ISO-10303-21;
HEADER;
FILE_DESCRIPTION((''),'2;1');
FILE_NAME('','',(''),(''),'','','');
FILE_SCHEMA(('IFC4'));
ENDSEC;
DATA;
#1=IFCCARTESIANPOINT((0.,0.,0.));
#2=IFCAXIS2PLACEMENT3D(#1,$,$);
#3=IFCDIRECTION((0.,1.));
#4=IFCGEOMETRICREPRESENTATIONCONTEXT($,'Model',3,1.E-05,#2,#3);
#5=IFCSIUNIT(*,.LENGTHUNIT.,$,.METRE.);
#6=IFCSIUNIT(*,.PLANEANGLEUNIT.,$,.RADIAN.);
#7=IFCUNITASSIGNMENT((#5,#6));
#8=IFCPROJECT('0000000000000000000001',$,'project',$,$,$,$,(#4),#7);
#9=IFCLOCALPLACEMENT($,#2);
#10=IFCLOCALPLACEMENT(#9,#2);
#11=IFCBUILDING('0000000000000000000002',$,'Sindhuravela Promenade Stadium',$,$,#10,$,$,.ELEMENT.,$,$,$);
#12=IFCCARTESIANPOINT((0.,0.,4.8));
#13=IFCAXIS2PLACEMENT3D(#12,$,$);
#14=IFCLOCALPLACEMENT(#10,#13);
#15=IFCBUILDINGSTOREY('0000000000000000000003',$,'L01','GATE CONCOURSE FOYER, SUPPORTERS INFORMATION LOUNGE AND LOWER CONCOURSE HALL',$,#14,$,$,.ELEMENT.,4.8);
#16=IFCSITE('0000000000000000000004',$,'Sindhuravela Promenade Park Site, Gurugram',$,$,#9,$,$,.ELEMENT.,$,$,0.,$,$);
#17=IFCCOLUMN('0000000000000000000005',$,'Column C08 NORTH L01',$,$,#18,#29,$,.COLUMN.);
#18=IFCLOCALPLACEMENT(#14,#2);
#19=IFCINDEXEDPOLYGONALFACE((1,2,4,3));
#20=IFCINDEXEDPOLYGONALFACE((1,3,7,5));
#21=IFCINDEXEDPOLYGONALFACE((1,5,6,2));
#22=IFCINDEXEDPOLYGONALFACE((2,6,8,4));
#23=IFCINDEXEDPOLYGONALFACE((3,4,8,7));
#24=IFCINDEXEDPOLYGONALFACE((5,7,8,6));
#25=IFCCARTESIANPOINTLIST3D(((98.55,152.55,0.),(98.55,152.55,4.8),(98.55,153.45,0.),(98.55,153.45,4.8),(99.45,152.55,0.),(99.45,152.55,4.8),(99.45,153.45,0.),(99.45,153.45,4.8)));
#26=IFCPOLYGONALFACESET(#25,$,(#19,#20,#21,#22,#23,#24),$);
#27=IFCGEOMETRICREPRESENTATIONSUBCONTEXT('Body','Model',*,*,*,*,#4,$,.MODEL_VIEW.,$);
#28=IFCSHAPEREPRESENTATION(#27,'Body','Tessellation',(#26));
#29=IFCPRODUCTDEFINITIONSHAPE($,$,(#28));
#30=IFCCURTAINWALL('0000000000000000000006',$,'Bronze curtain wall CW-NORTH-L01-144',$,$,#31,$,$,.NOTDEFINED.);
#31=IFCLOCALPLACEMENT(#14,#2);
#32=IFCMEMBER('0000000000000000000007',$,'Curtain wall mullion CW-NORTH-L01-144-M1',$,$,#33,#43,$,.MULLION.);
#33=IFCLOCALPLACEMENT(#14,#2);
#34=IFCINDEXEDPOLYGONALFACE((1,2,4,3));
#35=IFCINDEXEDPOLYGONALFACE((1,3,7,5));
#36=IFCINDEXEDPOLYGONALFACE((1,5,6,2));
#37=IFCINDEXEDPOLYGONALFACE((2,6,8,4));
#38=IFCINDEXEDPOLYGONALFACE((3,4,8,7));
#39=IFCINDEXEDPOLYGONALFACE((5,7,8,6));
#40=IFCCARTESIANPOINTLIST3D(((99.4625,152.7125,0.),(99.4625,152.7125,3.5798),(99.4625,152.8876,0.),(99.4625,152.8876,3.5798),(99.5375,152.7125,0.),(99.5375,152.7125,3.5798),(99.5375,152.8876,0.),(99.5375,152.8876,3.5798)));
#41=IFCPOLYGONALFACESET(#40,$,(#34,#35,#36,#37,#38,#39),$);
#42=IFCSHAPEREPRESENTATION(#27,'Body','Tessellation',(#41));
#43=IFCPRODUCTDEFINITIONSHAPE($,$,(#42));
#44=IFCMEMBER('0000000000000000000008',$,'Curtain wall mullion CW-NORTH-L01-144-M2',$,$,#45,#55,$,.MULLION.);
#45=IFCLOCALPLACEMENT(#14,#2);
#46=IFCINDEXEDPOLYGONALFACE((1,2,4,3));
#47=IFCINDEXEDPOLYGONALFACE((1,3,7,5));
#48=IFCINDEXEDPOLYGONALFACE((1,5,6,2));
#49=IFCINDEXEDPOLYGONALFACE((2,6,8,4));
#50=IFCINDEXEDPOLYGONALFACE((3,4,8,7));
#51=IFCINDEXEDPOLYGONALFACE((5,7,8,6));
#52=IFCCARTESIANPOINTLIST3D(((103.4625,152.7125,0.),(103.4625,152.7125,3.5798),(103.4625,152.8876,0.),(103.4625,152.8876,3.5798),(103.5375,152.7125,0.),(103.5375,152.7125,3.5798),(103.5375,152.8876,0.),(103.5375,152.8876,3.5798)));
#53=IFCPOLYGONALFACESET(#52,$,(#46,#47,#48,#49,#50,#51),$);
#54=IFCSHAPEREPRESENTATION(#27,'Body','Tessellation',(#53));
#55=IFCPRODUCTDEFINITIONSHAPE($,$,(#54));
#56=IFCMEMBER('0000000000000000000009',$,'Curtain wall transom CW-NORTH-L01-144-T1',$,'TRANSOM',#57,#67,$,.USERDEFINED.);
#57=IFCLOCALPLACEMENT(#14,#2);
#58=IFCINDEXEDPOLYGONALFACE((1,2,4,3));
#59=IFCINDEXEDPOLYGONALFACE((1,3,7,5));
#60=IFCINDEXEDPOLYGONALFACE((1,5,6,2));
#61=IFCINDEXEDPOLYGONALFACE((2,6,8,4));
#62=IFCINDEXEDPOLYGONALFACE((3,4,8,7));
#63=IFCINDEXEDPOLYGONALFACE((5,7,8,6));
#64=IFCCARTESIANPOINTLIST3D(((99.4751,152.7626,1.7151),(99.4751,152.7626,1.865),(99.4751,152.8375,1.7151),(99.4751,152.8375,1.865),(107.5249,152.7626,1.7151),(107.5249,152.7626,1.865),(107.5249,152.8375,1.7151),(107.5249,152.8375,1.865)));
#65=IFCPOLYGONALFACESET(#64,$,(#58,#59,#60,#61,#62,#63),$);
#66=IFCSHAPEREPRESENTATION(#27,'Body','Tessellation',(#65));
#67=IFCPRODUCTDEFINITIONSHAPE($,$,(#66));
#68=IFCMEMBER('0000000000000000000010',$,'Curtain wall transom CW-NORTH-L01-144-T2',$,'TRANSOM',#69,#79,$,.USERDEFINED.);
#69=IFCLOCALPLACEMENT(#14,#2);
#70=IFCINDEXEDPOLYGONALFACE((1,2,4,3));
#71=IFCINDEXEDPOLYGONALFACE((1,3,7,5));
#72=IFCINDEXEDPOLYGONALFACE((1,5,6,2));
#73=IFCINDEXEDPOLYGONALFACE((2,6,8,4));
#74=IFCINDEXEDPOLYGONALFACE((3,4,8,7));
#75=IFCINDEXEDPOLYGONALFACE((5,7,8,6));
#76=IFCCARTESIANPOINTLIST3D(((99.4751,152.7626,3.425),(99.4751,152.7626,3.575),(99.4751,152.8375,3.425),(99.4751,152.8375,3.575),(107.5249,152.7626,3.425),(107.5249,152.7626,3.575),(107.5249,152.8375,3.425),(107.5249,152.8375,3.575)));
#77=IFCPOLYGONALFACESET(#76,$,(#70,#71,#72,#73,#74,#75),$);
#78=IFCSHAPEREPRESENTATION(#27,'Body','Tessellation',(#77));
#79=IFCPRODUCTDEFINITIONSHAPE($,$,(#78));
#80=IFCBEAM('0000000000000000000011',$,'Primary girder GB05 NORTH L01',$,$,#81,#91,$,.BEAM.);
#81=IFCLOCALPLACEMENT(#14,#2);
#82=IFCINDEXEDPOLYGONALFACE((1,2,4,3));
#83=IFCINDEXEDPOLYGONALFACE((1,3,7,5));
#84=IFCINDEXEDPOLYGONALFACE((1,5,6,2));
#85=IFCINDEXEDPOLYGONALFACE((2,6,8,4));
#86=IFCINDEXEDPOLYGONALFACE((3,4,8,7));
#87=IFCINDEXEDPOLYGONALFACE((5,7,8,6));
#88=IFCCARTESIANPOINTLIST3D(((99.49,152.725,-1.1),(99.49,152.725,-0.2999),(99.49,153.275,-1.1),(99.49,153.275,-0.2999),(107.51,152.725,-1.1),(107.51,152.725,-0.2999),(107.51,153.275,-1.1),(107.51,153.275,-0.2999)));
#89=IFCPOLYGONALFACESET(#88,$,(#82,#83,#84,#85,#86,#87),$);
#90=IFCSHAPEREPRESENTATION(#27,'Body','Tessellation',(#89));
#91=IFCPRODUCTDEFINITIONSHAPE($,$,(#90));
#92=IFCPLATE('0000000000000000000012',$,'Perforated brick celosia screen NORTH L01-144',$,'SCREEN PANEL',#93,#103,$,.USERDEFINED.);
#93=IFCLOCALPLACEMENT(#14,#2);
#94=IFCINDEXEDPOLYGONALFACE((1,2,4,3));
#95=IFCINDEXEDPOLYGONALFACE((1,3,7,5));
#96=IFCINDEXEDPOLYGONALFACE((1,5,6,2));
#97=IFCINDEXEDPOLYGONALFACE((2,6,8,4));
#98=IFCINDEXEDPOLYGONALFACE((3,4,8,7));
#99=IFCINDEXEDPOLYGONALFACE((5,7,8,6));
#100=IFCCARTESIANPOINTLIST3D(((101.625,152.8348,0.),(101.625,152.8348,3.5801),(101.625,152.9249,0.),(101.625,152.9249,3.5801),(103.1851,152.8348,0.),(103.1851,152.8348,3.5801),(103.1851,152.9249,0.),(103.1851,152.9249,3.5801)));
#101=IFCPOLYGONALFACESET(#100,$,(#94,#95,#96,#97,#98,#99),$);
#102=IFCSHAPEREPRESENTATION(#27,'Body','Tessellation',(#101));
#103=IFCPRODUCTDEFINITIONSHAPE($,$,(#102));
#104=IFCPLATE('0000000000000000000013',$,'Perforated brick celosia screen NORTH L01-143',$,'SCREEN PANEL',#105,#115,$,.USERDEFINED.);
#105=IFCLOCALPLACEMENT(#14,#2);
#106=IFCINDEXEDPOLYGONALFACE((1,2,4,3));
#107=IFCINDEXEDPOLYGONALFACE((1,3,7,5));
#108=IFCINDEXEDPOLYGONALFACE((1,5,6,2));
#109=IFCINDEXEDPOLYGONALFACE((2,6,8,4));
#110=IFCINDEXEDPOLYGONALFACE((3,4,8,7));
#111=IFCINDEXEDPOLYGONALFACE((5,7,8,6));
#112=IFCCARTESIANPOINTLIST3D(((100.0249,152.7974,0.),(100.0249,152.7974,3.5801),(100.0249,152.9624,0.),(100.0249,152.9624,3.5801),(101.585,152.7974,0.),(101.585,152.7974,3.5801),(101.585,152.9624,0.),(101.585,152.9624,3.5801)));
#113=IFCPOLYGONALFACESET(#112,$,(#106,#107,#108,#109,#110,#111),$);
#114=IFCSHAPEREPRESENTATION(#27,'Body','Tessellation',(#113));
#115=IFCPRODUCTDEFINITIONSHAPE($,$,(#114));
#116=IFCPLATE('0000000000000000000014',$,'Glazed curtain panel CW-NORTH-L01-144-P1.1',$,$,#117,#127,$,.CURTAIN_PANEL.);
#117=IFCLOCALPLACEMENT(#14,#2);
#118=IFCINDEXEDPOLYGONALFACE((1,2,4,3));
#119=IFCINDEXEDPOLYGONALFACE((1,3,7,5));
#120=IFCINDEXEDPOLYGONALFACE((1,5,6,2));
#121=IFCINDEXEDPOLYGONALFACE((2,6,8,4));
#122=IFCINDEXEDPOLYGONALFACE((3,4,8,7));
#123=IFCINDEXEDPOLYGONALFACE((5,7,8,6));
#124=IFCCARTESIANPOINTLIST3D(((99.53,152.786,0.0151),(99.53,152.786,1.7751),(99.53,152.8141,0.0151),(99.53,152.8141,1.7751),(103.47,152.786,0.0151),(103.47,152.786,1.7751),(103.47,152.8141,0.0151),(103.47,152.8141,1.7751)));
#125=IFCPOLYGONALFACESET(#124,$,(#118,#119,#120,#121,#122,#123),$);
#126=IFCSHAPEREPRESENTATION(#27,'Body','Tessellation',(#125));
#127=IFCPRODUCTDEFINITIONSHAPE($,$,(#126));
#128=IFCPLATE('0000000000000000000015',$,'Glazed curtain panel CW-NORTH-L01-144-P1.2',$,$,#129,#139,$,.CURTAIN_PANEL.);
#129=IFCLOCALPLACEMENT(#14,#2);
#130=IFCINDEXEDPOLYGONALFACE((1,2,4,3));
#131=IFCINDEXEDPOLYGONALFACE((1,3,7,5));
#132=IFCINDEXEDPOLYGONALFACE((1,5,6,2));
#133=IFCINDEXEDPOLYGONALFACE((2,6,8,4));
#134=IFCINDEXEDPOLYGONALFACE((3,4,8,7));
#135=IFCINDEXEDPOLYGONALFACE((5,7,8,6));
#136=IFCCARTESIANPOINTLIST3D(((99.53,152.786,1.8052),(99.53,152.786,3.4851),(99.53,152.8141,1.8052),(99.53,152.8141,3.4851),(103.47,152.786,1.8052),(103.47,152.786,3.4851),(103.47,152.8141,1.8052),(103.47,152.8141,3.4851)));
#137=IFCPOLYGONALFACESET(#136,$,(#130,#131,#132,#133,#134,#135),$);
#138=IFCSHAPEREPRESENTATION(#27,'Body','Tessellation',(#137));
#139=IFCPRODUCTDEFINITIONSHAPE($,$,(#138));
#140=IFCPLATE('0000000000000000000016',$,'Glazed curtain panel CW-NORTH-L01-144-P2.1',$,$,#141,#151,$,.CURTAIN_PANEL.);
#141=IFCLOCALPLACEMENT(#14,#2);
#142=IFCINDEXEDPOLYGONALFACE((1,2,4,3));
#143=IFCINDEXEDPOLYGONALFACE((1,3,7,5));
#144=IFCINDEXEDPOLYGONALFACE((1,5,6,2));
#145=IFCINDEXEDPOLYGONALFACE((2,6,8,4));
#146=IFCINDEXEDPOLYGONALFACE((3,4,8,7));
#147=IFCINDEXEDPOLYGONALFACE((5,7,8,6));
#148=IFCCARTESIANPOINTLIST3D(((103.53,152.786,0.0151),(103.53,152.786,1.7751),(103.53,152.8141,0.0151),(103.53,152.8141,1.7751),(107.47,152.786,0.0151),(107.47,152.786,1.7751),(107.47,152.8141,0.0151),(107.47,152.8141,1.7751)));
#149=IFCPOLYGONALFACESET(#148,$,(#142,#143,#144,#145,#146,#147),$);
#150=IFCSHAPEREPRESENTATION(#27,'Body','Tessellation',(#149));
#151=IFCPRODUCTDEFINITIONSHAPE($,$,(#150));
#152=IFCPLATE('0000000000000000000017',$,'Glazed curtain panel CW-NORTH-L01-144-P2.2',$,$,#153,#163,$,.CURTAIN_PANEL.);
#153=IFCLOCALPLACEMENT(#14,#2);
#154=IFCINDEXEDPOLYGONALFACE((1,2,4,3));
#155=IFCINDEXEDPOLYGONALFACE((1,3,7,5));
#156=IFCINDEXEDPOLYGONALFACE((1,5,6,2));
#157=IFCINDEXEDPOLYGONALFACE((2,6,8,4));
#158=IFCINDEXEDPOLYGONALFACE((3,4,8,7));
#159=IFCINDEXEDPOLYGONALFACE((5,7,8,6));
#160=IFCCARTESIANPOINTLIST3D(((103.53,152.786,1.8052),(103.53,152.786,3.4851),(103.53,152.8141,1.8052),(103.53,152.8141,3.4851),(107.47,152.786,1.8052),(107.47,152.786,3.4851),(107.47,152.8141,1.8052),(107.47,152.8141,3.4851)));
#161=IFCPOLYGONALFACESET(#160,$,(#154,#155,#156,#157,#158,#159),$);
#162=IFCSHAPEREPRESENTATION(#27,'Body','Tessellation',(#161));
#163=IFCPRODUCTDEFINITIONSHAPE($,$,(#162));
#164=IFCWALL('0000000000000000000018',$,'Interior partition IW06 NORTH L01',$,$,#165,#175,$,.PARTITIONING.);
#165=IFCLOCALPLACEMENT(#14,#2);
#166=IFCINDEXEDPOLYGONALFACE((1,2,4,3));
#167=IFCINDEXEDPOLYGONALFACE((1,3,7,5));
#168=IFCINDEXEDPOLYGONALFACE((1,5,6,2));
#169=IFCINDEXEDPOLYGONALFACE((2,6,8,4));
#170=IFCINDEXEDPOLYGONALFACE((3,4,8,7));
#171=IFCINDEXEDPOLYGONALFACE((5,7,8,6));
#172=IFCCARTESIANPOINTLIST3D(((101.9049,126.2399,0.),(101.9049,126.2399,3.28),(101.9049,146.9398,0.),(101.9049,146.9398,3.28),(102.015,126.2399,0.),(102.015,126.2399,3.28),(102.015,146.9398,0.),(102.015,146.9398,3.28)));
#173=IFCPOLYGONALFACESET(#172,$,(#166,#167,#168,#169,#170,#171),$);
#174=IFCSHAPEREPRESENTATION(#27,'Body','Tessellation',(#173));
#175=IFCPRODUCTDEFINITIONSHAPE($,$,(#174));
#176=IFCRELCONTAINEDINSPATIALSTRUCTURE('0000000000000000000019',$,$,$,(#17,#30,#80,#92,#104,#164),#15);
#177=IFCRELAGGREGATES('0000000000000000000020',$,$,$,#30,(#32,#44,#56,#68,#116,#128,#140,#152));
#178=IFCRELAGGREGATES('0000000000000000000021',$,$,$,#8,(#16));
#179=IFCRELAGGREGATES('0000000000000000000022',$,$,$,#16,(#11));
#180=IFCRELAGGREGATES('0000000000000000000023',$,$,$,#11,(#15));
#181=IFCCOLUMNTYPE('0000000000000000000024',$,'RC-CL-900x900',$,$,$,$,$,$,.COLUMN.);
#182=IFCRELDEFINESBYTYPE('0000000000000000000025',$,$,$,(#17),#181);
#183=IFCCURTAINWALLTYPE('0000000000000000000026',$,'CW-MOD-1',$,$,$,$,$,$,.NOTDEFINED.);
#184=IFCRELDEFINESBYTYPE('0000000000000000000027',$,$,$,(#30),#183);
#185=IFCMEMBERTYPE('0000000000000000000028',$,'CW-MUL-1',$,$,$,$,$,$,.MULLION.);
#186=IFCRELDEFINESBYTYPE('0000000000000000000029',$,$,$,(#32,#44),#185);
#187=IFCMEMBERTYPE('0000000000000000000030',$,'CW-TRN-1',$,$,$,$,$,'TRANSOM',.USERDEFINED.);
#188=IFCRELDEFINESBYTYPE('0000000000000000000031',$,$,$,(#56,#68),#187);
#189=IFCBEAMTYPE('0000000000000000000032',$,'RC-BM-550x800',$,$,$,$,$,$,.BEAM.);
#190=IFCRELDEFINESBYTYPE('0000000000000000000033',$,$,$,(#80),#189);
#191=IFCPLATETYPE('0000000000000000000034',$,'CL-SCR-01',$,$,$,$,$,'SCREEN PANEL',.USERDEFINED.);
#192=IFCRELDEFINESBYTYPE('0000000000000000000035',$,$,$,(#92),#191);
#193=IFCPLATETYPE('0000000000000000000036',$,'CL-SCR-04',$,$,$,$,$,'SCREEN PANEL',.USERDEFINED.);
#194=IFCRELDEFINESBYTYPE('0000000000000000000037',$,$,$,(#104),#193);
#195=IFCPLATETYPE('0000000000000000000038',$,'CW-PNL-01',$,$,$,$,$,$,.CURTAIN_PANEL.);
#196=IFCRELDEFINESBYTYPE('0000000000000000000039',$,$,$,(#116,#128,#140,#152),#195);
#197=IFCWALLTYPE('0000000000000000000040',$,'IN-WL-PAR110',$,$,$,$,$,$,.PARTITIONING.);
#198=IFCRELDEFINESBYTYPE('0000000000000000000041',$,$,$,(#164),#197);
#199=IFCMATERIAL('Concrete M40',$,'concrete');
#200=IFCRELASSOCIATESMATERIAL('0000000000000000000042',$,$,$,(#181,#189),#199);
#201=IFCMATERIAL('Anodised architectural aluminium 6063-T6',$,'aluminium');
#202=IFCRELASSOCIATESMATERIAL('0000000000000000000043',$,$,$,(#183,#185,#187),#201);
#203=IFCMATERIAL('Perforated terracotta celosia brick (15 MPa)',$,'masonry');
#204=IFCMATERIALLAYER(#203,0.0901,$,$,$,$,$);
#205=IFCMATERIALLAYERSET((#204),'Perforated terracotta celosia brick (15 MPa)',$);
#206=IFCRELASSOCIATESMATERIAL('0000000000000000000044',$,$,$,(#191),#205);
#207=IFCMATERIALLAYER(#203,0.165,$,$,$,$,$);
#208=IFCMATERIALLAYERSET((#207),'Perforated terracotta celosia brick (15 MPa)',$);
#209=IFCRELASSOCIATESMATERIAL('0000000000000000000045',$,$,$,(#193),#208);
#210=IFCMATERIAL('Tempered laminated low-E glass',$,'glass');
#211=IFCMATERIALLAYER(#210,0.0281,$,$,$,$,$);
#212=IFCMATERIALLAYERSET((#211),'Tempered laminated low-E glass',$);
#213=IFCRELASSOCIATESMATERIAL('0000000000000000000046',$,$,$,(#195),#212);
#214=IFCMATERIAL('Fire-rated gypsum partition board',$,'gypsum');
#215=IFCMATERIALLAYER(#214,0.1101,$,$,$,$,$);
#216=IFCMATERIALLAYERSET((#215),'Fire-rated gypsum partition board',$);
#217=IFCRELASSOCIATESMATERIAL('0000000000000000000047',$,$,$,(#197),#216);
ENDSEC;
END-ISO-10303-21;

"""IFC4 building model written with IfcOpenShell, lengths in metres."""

from ifc_helpers import new_model, si_unit, direction, frame, frame_2d, origin, origin_2d, place, context, subcontext, project, spatial, rectangle, extrude, material, layer, layer_set, material_profile, profile_set, type_object, element, aggregate, save


model = new_model("IFC4")

# Units and contexts
model_context = context("Model", 3, precision=1e-05, world=origin(), true_north=direction((0.0, 1.0)))
body_context = subcontext(model_context, "Body", "Model", "MODEL_VIEW")
ifc_project = project(units=[si_unit("LENGTHUNIT", "METRE"), si_unit("PLANEANGLEUNIT", "RADIAN")], contexts=[model_context])

# Site, building, storey
site_placement = place(None, origin())
site = spatial("IfcSite", under=ifc_project, at=site_placement, Name="Sindhuravela Promenade Park Site, Gurugram", CompositionType="ELEMENT", RefElevation=0.0)
building_placement = place(site_placement, origin())
building = spatial("IfcBuilding", under=site, at=building_placement, Name="Sindhuravela Promenade Stadium", CompositionType="ELEMENT")
storey_placement = place(building_placement, frame((0.0, 0.0, 4.8)))
storey = spatial("IfcBuildingStorey", under=building, at=storey_placement, Name="L01", Description="GATE CONCOURSE FOYER, SUPPORTERS INFORMATION LOUNGE AND LOWER CONCOURSE HALL", CompositionType="ELEMENT", Elevation=4.8)

# Column
ifc_material_1 = material(Name="Concrete M40", Category="concrete")
ifc_material_profile_1 = material_profile(ifc_material_1, rectangle(XDim=0.8999, YDim=0.8999, at=origin_2d()), Name="RC 900x900")
ifc_profile_set_1 = profile_set([ifc_material_profile_1], Name="Concrete M40")
column_type = type_object("IfcColumnType", Name="RC-CL-900x900", PredefinedType="COLUMN", material=ifc_profile_set_1)
column_placement = place(storey_placement, frame((99.0, 153.0, 0.0), z_axis=(0.0, 0.0, 1.0), x_axis=(1.0, 0.0, 0.0)))
element("IfcColumn", 1, at=column_placement, inside=storey, type_object=column_type, Name="Column C08 NORTH L01", PredefinedType="COLUMN", context=body_context, shape_type="SweptSolid", body=[
    extrude(rectangle(XDim=0.8999, YDim=0.8999, at=origin_2d()), origin(), (0.0, 0.0, 1.0), 4.8),
])

# Curtain wall, members
ifc_material_2 = material(Name="Anodised architectural aluminium 6063-T6", Category="aluminium")
curtain_wall_type = type_object("IfcCurtainWallType", Name="CW-MOD-1", PredefinedType="NOTDEFINED", material=ifc_material_2)
curtain_wall_placement = place(storey_placement, origin())
curtain_wall = element("IfcCurtainWall", 2, at=curtain_wall_placement, inside=storey, type_object=curtain_wall_type, Name="Bronze curtain wall CW-NORTH-L01-144", PredefinedType="NOTDEFINED")
ifc_material_profile_2 = material_profile(ifc_material_2, rectangle(XDim=0.075, YDim=0.175, at=origin_2d()), Name="ALU MULL 75x175")
ifc_profile_set_2 = profile_set([ifc_material_profile_2], Name="Anodised architectural aluminium 6063-T6")
member_type_1 = type_object("IfcMemberType", Name="CW-MUL-1", PredefinedType="MULLION", material=ifc_profile_set_2)
member_1_placement = place(storey_placement, frame((99.5, 152.8, 0.0), z_axis=(0.0, 0.0, 1.0), x_axis=(1.0, 0.0, 0.0)))
member_1 = element("IfcMember", 3, at=member_1_placement, type_object=member_type_1, Name="Curtain wall mullion CW-NORTH-L01-144-M1", PredefinedType="MULLION", context=body_context, shape_type="SweptSolid", body=[
    extrude(rectangle(XDim=0.075, YDim=0.175, at=origin_2d()), origin(), (0.0, 0.0, 1.0), 3.5798),
])
member_2_placement = place(storey_placement, frame((103.5, 152.8, 0.0), z_axis=(0.0, 0.0, 1.0), x_axis=(1.0, 0.0, 0.0)))
member_2 = element("IfcMember", 4, at=member_2_placement, type_object=member_type_1, Name="Curtain wall mullion CW-NORTH-L01-144-M2", PredefinedType="MULLION", context=body_context, shape_type="SweptSolid", body=[
    extrude(rectangle(XDim=0.075, YDim=0.175, at=origin_2d()), origin(), (0.0, 0.0, 1.0), 3.5798),
])
ifc_material_profile_3 = material_profile(ifc_material_2, rectangle(XDim=0.075, YDim=0.1499, at=origin_2d()), Name="ALU TRAN 75x150")
ifc_profile_set_3 = profile_set([ifc_material_profile_3], Name="Anodised architectural aluminium 6063-T6")
member_type_2 = type_object("IfcMemberType", Name="CW-TRN-1", ElementType="TRANSOM", PredefinedType="USERDEFINED", material=ifc_profile_set_3)
member_3_placement = place(storey_placement, frame((99.4751, 152.8, 1.79), z_axis=(1.0, 0.0, 0.0), x_axis=(0.0, 1.0, 0.0)))
member_3 = element("IfcMember", 5, at=member_3_placement, type_object=member_type_2, Name="Curtain wall transom CW-NORTH-L01-144-T1", ObjectType="TRANSOM", PredefinedType="USERDEFINED", context=body_context, shape_type="SweptSolid", body=[
    extrude(rectangle(XDim=0.075, YDim=0.1499, at=origin_2d()), origin(), (0.0, 0.0, 1.0), 8.0498),
])
member_4_placement = place(storey_placement, frame((99.4751, 152.8, 3.5), z_axis=(1.0, 0.0, 0.0), x_axis=(0.0, 1.0, 0.0)))
member_4 = element("IfcMember", 6, at=member_4_placement, type_object=member_type_2, Name="Curtain wall transom CW-NORTH-L01-144-T2", ObjectType="TRANSOM", PredefinedType="USERDEFINED", context=body_context, shape_type="SweptSolid", body=[
    extrude(rectangle(XDim=0.075, YDim=0.1499, at=origin_2d()), origin(), (0.0, 0.0, 1.0), 8.0498),
])

# Beam
ifc_material_profile_4 = material_profile(ifc_material_1, rectangle(XDim=0.55, YDim=0.8, at=origin_2d()), Name="RC 550x800")
ifc_profile_set_4 = profile_set([ifc_material_profile_4], Name="Concrete M40")
beam_type = type_object("IfcBeamType", Name="RC-BM-550x800", PredefinedType="BEAM", material=ifc_profile_set_4)
beam_placement = place(storey_placement, frame((99.49, 153.0, -0.7), z_axis=(1.0, 0.0, 0.0), x_axis=(0.0, 1.0, 0.0)))
element("IfcBeam", 7, at=beam_placement, inside=storey, type_object=beam_type, Name="Primary girder GB05 NORTH L01", PredefinedType="BEAM", context=body_context, shape_type="SweptSolid", body=[
    extrude(rectangle(XDim=0.55, YDim=0.8, at=origin_2d()), origin(), (0.0, 0.0, 1.0), 8.02),
])

# Plates
ifc_material_3 = material(Name="Perforated terracotta celosia brick (15 MPa)", Category="masonry")
ifc_layer_1 = layer(ifc_material_3, 0.0901)
ifc_layer_set_1 = layer_set([ifc_layer_1], Name="Perforated terracotta celosia brick (15 MPa)")
plate_type_1 = type_object("IfcPlateType", Name="CL-SCR-01", ElementType="SCREEN PANEL", PredefinedType="USERDEFINED", material=ifc_layer_set_1)
plate_1_placement = place(storey_placement, frame((102.405, 152.8799, 0.0), z_axis=(0.0, 0.0, 1.0), x_axis=(1.0, 0.0, 0.0)))
element("IfcPlate", 8, at=plate_1_placement, inside=storey, type_object=plate_type_1, Name="Perforated brick celosia screen NORTH L01-144", ObjectType="SCREEN PANEL", PredefinedType="USERDEFINED", context=body_context, shape_type="SweptSolid", body=[
    extrude(rectangle(XDim=1.5601, YDim=0.0901, at=origin_2d()), origin(), (0.0, 0.0, 1.0), 3.5801),
])
ifc_layer_2 = layer(ifc_material_3, 0.165)
ifc_layer_set_2 = layer_set([ifc_layer_2], Name="Perforated terracotta celosia brick (15 MPa)")
plate_type_2 = type_object("IfcPlateType", Name="CL-SCR-04", ElementType="SCREEN PANEL", PredefinedType="USERDEFINED", material=ifc_layer_set_2)
plate_2_placement = place(storey_placement, frame((100.8049, 152.8799, 0.0), z_axis=(0.0, 0.0, 1.0), x_axis=(1.0, 0.0, 0.0)))
element("IfcPlate", 9, at=plate_2_placement, inside=storey, type_object=plate_type_2, Name="Perforated brick celosia screen NORTH L01-143", ObjectType="SCREEN PANEL", PredefinedType="USERDEFINED", context=body_context, shape_type="SweptSolid", body=[
    extrude(rectangle(XDim=1.5601, YDim=0.165, at=origin_2d()), origin(), (0.0, 0.0, 1.0), 3.5801),
])

# Plates
ifc_material_4 = material(Name="Tempered laminated low-E glass", Category="glass")
ifc_layer_3 = layer(ifc_material_4, 0.0281)
ifc_layer_set_3 = layer_set([ifc_layer_3], Name="Tempered laminated low-E glass")
plate_type_3 = type_object("IfcPlateType", Name="CW-PNL-01", PredefinedType="CURTAIN_PANEL", material=ifc_layer_set_3)
plate_3_placement = place(storey_placement, frame((101.5, 152.8, 0.0151), z_axis=(0.0, 0.0, 1.0), x_axis=(1.0, 0.0, 0.0)))
plate_3 = element("IfcPlate", 10, at=plate_3_placement, type_object=plate_type_3, Name="Glazed curtain panel CW-NORTH-L01-144-P1.1", PredefinedType="CURTAIN_PANEL", context=body_context, shape_type="SweptSolid", body=[
    extrude(rectangle(XDim=3.9399, YDim=0.0281, at=origin_2d()), origin(), (0.0, 0.0, 1.0), 1.76),
])
plate_4_placement = place(storey_placement, frame((101.5, 152.8, 1.8052), z_axis=(0.0, 0.0, 1.0), x_axis=(1.0, 0.0, 0.0)))
plate_4 = element("IfcPlate", 11, at=plate_4_placement, type_object=plate_type_3, Name="Glazed curtain panel CW-NORTH-L01-144-P1.2", PredefinedType="CURTAIN_PANEL", context=body_context, shape_type="SweptSolid", body=[
    extrude(rectangle(XDim=3.9399, YDim=0.0281, at=origin_2d()), origin(), (0.0, 0.0, 1.0), 1.6799),
])
plate_5_placement = place(storey_placement, frame((105.5, 152.8, 0.0151), z_axis=(0.0, 0.0, 1.0), x_axis=(1.0, 0.0, 0.0)))
plate_5 = element("IfcPlate", 12, at=plate_5_placement, type_object=plate_type_3, Name="Glazed curtain panel CW-NORTH-L01-144-P2.1", PredefinedType="CURTAIN_PANEL", context=body_context, shape_type="SweptSolid", body=[
    extrude(rectangle(XDim=3.9399, YDim=0.0281, at=origin_2d()), origin(), (0.0, 0.0, 1.0), 1.76),
])
plate_6_placement = place(storey_placement, frame((105.5, 152.8, 1.8052), z_axis=(0.0, 0.0, 1.0), x_axis=(1.0, 0.0, 0.0)))
plate_6 = element("IfcPlate", 13, at=plate_6_placement, type_object=plate_type_3, Name="Glazed curtain panel CW-NORTH-L01-144-P2.2", PredefinedType="CURTAIN_PANEL", context=body_context, shape_type="SweptSolid", body=[
    extrude(rectangle(XDim=3.9399, YDim=0.0281, at=origin_2d()), origin(), (0.0, 0.0, 1.0), 1.6799),
])
aggregate(curtain_wall, [member_1, member_2, member_3, member_4, plate_3, plate_4, plate_5, plate_6])

# Wall
ifc_material_5 = material(Name="Fire-rated gypsum partition board", Category="gypsum")
ifc_layer_4 = layer(ifc_material_5, 0.1101)
ifc_layer_set_4 = layer_set([ifc_layer_4], Name="Fire-rated gypsum partition board")
wall_type_1 = type_object("IfcWallType", Name="IN-WL-PAR110", PredefinedType="PARTITIONING", material=ifc_layer_set_4)
wall_1_placement = place(storey_placement, frame((101.96, 146.9399, 0.0), z_axis=(0.0, 0.0, 1.0), x_axis=(0.0, -1.0, 0.0)))
element("IfcWall", 14, at=wall_1_placement, inside=storey, type_object=wall_type_1, Name="Interior partition IW06 NORTH L01", PredefinedType="PARTITIONING", context=body_context, shape_type="SweptSolid", body=[
    extrude(rectangle(XDim=20.7, YDim=0.1101, at=frame_2d((10.3501, 0.0))), origin(), (0.0, 0.0, 1.0), 3.28),
])

save(model, "model.ifc")
